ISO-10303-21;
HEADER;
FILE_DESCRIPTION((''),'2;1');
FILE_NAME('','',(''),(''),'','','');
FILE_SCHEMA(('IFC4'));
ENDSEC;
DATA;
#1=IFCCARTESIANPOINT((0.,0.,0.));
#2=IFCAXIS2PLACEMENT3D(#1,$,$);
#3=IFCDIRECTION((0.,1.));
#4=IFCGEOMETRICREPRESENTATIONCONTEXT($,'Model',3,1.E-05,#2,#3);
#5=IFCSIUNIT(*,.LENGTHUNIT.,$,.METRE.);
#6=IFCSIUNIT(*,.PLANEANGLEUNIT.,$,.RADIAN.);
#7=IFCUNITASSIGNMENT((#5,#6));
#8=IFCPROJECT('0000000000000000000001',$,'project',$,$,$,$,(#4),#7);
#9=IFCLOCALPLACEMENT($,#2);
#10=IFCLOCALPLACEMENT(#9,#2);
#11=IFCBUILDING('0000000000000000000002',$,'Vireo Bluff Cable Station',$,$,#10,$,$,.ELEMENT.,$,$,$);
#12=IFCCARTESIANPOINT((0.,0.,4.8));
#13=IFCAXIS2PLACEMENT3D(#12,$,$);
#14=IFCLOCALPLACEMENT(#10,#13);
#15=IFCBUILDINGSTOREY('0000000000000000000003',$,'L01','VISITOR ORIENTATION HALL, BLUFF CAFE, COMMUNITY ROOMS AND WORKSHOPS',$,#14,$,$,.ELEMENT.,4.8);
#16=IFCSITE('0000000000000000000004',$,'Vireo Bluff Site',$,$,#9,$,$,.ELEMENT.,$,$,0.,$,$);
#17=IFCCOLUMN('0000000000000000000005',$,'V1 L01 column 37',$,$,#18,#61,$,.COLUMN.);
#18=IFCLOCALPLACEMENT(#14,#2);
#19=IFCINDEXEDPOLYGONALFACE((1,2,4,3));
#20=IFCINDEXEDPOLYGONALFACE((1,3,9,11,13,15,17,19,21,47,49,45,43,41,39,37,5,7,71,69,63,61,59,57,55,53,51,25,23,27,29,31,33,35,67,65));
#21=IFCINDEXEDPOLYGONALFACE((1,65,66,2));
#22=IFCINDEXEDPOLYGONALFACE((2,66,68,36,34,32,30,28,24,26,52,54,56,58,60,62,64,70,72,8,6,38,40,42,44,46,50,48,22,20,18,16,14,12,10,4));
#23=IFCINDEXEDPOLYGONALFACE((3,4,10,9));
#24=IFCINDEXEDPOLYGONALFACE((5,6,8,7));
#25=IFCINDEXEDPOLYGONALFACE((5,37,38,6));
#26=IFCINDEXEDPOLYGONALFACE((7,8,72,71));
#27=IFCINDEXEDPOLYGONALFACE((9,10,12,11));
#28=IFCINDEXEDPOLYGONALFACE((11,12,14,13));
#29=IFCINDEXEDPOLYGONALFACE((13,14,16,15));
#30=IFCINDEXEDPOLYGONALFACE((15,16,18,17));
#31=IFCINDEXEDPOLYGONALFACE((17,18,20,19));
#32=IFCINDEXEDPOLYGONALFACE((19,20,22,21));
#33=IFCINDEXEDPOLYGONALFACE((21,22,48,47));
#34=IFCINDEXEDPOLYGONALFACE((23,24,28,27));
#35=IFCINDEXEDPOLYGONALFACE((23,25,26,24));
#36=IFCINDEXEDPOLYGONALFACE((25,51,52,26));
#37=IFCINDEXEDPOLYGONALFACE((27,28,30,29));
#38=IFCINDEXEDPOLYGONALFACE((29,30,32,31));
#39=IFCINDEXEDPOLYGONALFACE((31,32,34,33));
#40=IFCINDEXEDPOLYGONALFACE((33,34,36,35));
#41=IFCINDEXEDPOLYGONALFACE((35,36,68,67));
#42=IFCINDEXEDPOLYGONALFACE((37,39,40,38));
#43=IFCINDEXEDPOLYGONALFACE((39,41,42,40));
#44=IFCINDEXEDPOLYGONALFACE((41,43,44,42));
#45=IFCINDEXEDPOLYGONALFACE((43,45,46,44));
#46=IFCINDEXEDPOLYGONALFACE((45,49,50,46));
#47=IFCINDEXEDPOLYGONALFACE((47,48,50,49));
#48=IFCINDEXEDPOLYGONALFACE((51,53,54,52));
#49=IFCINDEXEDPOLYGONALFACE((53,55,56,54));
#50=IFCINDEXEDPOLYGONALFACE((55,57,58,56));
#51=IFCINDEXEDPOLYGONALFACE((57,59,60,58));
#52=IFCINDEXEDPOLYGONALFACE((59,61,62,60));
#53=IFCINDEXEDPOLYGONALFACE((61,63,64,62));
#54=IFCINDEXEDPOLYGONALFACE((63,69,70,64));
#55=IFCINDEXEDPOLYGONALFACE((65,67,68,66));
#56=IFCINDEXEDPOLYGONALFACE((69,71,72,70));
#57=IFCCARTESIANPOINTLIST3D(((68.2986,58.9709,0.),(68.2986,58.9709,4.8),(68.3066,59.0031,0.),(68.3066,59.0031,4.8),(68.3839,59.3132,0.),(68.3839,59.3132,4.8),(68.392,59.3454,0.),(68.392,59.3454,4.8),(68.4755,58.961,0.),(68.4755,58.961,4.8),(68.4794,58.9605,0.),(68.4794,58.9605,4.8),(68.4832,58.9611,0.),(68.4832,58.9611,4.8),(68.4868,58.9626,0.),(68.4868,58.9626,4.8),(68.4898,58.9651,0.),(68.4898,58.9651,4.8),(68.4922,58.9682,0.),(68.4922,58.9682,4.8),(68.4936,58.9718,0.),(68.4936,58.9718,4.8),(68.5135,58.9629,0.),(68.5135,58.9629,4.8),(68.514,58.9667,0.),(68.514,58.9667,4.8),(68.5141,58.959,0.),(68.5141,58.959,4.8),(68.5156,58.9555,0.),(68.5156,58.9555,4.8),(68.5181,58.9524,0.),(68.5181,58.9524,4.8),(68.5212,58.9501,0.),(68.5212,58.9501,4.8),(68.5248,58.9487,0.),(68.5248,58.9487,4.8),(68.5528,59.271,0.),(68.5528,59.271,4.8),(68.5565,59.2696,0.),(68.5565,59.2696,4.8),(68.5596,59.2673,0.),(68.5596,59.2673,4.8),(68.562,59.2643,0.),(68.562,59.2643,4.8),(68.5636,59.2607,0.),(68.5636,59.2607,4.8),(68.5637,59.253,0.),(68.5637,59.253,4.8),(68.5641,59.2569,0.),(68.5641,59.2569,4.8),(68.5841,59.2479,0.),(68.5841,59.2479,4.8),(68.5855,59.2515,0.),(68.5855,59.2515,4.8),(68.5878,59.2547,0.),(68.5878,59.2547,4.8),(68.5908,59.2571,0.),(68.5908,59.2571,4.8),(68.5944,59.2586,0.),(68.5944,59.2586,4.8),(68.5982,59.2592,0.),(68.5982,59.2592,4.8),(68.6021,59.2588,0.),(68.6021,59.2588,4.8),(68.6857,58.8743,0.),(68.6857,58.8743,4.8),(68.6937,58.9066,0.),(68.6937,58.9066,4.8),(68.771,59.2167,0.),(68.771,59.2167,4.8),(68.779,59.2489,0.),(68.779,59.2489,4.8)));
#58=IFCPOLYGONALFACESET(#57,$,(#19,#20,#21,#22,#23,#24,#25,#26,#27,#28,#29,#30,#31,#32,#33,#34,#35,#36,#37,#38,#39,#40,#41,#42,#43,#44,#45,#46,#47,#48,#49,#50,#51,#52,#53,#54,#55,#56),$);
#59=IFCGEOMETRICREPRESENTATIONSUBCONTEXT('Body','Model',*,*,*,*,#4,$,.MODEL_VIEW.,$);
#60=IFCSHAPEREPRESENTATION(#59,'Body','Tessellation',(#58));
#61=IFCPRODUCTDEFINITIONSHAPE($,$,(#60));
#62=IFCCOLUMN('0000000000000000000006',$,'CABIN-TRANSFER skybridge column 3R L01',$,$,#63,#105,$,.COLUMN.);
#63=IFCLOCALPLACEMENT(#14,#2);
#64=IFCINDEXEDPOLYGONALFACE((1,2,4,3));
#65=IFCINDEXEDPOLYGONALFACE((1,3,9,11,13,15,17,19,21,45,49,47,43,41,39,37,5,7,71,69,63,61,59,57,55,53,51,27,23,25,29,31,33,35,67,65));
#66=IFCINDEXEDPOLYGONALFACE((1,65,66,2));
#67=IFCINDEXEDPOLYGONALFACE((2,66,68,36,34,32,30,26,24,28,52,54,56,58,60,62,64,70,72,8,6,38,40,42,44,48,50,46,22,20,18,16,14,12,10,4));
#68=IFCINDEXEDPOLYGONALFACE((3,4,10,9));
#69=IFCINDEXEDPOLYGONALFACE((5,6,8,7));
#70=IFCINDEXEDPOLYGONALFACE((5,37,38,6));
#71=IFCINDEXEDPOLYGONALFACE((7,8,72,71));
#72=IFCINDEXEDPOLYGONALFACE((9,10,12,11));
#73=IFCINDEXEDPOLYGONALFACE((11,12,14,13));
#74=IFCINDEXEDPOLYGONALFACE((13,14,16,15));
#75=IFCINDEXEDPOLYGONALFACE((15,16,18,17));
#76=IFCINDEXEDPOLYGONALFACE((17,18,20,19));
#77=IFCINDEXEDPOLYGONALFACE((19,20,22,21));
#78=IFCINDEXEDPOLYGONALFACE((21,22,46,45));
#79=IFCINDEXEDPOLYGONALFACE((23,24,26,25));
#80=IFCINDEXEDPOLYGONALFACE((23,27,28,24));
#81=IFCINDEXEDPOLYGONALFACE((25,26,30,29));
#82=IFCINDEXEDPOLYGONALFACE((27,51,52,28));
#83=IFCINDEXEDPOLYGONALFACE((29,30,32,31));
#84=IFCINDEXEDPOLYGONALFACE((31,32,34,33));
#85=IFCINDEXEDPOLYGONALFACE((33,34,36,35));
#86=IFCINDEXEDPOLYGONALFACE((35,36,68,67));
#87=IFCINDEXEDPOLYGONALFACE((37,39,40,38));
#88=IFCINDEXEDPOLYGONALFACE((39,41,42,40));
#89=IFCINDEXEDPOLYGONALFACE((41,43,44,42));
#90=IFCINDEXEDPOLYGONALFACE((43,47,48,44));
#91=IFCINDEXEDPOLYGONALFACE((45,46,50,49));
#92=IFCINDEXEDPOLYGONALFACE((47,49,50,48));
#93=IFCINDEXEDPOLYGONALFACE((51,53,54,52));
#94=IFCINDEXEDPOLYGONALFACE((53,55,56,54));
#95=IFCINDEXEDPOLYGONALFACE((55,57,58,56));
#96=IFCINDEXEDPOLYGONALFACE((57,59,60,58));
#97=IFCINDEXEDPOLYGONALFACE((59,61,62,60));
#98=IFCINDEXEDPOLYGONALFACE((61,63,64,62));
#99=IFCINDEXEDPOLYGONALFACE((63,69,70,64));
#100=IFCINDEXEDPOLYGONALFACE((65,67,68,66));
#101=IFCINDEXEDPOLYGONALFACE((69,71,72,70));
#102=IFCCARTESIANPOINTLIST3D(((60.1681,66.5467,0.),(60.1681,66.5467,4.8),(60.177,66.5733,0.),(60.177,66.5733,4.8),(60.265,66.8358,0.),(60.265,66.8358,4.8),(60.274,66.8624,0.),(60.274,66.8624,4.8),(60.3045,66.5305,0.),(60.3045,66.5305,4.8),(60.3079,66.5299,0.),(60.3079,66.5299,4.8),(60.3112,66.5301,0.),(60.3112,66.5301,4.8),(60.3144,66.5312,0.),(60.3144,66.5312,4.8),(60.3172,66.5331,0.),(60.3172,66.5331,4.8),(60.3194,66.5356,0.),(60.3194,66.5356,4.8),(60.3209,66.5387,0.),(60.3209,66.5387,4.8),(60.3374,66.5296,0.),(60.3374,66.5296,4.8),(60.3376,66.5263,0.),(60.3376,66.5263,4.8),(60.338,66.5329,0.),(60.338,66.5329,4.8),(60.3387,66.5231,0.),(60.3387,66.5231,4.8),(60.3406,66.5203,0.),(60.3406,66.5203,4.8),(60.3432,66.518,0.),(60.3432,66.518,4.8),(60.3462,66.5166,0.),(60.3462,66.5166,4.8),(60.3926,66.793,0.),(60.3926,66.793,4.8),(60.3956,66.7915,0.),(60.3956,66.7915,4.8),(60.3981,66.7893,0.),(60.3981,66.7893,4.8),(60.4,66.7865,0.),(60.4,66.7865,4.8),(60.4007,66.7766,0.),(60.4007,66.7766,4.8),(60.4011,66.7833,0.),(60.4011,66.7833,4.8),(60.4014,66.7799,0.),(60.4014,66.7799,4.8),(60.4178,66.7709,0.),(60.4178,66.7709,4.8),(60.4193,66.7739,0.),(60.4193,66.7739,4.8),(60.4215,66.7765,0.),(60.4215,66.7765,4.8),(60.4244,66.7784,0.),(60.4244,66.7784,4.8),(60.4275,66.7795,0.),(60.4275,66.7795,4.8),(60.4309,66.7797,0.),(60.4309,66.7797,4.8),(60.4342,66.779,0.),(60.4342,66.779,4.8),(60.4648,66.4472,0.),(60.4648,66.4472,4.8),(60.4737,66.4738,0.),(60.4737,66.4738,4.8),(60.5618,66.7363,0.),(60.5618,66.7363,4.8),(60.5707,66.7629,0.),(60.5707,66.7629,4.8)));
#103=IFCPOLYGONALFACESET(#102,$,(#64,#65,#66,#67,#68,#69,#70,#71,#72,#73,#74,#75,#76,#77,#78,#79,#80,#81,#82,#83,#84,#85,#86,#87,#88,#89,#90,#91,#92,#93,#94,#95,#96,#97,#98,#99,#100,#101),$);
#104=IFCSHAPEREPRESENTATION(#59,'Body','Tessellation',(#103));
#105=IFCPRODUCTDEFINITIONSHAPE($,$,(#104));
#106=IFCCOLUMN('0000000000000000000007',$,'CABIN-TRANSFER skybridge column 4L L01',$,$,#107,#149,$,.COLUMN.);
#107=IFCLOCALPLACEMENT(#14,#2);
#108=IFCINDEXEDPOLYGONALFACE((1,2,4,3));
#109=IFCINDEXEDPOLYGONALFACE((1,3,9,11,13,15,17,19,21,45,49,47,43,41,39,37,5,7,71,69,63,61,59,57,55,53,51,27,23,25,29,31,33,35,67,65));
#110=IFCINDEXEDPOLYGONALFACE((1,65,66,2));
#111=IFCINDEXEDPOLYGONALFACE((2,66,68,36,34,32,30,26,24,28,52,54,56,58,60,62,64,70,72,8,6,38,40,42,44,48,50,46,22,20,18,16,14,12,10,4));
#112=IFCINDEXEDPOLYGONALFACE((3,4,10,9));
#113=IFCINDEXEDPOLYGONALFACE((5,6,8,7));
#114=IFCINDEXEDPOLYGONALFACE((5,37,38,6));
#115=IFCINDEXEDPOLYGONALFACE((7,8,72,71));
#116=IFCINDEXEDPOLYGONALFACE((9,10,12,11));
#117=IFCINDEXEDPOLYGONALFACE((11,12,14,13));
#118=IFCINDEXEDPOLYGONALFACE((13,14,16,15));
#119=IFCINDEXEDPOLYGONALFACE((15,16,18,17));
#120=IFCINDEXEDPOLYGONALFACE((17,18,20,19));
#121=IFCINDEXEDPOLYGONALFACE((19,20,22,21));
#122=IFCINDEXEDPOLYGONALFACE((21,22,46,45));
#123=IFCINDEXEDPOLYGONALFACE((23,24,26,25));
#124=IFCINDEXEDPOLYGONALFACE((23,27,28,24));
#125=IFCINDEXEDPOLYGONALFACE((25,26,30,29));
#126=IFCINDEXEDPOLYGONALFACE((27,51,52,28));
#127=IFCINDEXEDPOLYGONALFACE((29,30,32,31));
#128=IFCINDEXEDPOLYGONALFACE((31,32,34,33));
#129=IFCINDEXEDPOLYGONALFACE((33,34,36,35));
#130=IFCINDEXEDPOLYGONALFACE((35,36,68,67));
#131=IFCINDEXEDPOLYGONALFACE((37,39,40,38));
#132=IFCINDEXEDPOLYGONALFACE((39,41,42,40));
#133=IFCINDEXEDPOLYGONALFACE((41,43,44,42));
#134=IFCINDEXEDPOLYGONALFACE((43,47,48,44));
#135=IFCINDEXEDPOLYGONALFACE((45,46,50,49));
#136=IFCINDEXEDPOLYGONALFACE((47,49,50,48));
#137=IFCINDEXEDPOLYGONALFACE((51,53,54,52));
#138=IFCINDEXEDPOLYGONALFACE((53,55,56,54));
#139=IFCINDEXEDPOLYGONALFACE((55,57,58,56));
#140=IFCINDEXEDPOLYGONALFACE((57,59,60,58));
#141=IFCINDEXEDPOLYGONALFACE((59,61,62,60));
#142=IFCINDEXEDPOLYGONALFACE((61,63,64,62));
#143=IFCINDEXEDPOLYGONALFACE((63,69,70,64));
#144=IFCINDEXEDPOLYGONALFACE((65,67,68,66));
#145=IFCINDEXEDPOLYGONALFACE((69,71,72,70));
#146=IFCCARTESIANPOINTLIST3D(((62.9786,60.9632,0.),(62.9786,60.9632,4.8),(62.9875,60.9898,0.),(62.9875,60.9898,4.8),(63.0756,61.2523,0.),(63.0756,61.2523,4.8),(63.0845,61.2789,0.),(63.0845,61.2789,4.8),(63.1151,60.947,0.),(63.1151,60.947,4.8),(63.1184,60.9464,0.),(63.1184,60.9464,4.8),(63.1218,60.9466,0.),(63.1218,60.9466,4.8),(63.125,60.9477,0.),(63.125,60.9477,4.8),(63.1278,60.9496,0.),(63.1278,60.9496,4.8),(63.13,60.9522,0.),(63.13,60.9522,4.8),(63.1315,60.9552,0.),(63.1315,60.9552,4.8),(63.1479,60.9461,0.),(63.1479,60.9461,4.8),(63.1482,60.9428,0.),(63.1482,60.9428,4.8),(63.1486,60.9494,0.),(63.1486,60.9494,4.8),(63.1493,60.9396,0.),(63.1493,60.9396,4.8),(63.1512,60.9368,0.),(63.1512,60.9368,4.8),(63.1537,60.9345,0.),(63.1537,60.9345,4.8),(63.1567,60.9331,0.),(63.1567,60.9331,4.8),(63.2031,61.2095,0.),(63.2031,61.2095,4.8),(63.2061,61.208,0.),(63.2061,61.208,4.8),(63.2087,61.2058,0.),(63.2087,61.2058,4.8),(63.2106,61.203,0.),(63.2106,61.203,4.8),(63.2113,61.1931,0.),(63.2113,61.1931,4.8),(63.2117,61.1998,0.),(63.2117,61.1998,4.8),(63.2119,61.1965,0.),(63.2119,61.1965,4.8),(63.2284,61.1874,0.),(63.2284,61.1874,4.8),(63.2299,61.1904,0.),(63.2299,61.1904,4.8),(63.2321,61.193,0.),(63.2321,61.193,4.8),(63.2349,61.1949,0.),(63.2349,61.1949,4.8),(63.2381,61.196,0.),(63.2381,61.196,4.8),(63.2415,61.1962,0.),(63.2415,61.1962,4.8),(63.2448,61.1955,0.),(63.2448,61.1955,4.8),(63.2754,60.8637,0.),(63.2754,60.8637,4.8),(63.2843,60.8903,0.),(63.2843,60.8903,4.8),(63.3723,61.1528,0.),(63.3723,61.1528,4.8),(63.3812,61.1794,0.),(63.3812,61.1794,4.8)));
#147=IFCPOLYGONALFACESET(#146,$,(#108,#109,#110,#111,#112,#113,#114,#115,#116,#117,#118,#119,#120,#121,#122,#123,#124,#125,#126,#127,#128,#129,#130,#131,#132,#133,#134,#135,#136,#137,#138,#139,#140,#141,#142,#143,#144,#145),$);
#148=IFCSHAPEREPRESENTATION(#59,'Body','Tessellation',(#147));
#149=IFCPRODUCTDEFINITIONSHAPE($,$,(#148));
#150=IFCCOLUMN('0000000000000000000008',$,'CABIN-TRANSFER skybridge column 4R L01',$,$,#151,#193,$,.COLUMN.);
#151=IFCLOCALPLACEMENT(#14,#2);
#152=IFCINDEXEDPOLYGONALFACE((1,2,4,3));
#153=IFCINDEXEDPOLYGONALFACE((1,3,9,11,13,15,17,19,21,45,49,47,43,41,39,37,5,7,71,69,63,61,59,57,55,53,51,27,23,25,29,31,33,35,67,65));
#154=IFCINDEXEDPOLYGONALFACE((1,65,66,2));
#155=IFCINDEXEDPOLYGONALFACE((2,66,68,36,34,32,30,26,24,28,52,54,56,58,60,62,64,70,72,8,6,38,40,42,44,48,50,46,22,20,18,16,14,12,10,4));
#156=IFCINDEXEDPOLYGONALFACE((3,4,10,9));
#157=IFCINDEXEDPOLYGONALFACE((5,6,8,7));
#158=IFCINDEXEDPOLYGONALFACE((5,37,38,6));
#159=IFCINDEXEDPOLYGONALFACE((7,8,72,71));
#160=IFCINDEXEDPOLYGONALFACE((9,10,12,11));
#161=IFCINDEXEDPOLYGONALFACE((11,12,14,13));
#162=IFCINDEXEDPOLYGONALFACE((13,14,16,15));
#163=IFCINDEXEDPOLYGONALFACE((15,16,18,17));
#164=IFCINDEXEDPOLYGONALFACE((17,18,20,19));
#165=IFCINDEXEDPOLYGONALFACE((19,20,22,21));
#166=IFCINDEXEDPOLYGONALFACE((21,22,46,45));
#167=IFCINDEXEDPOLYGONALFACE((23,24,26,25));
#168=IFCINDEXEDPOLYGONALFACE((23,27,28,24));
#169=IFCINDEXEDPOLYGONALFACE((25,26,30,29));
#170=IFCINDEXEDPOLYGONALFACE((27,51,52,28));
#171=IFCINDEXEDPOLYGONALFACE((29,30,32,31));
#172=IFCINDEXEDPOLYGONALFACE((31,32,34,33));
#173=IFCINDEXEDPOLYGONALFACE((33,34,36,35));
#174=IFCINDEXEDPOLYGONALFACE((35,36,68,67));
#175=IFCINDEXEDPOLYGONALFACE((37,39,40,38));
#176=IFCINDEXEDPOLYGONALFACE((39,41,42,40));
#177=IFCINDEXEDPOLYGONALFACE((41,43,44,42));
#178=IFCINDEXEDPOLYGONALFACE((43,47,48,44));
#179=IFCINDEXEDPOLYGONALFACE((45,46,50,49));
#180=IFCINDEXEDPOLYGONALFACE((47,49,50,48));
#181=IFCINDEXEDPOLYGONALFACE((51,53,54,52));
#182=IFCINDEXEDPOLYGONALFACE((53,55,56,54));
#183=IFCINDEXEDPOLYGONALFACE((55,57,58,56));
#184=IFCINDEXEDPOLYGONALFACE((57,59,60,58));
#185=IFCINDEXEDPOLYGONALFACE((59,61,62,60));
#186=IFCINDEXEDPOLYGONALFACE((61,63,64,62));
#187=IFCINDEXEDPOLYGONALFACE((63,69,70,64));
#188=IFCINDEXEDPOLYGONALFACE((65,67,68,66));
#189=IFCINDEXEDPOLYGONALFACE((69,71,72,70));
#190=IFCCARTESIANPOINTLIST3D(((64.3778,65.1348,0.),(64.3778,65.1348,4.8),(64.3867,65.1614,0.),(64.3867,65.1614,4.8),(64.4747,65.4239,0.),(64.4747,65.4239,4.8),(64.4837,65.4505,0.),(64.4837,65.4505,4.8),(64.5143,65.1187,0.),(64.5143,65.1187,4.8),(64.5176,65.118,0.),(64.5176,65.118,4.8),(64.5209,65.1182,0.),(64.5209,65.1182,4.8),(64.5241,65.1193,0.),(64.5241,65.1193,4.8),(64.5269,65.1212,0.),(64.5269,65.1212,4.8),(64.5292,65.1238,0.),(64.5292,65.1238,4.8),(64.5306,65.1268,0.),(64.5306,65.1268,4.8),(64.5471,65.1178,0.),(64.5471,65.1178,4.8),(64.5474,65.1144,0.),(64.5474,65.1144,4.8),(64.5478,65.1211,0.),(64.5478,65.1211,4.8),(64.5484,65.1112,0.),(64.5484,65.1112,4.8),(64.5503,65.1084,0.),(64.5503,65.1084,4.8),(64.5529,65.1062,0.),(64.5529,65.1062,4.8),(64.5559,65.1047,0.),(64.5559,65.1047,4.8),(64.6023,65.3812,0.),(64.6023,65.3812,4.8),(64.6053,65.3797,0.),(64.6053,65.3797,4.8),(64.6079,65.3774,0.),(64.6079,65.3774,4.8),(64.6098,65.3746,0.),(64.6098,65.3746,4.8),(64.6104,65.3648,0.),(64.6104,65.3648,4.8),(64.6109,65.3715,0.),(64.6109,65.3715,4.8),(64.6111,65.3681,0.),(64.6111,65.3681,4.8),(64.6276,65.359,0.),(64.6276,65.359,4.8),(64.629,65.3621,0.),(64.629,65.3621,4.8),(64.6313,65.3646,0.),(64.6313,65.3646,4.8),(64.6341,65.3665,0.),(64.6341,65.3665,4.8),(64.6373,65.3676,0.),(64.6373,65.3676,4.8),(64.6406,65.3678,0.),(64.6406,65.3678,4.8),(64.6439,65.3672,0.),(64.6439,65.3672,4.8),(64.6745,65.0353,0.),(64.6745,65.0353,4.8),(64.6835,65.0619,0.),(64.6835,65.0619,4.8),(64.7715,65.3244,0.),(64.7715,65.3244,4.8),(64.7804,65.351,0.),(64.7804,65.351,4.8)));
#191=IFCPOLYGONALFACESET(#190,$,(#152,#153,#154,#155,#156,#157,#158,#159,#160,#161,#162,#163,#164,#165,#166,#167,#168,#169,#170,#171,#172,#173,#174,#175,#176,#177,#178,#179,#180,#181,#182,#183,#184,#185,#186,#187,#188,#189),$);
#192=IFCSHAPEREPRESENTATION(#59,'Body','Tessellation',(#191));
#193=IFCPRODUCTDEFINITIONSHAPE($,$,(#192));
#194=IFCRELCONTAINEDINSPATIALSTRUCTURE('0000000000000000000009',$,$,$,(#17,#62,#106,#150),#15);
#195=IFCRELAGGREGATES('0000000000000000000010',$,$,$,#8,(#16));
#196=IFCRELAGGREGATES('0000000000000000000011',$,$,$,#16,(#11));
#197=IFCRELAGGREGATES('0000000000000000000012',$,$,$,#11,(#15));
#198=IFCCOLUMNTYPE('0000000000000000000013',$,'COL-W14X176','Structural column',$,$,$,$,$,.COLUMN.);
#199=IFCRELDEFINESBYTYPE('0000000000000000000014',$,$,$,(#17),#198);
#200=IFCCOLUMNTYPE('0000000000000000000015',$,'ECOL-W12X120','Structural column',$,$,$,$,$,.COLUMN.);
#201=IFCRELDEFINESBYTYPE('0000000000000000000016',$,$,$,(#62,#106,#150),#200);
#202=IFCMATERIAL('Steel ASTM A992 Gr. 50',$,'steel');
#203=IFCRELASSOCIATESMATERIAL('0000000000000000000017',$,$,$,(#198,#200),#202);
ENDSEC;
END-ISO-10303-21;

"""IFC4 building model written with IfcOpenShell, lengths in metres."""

from ifc_helpers import new_model, si_unit, direction, frame, origin, origin_2d, place, context, subcontext, project, spatial, i_section, extrude, material, material_profile, profile_set, type_object, element, save


model = new_model("IFC4")

# Units and contexts
model_context = context("Model", 3, precision=1e-05, world=origin(), true_north=direction((0.0, 1.0)))
body_context = subcontext(model_context, "Body", "Model", "MODEL_VIEW")
ifc_project = project(units=[si_unit("LENGTHUNIT", "METRE"), si_unit("PLANEANGLEUNIT", "RADIAN")], contexts=[model_context])

# Site, building, storey
site_placement = place(None, origin())
site = spatial("IfcSite", under=ifc_project, at=site_placement, Name="Vireo Bluff Site", CompositionType="ELEMENT", RefElevation=0.0)
building_placement = place(site_placement, origin())
building = spatial("IfcBuilding", under=site, at=building_placement, Name="Vireo Bluff Cable Station", CompositionType="ELEMENT")
storey_placement = place(building_placement, frame((0.0, 0.0, 4.8)))
storey = spatial("IfcBuildingStorey", under=building, at=storey_placement, Name="L01", Description="VISITOR ORIENTATION HALL, BLUFF CAFE, COMMUNITY ROOMS AND WORKSHOPS", CompositionType="ELEMENT", Elevation=4.8)

# Columns
ifc_material_1 = material(Name="Steel ASTM A992 Gr. 50", Category="steel")
ifc_material_profile_1 = material_profile(ifc_material_1, i_section(OverallWidth=0.3989, OverallDepth=0.386, WebThickness=0.021, FlangeThickness=0.0332, FilletRadius=0.0149, at=origin_2d()), Name="W14X176")
ifc_profile_set_1 = profile_set([ifc_material_profile_1], Name="Steel ASTM A992 Gr. 50")
column_type_1 = type_object("IfcColumnType", Name="COL-W14X176", Description="Structural column", PredefinedType="COLUMN", material=ifc_profile_set_1)
column_1_placement = place(storey_placement, frame((68.5388, 59.1099, 0.0), z_axis=(0.0, 0.0, 1.0), x_axis=(0.970296, -0.241922, 0.0)))
element("IfcColumn", 1, at=column_1_placement, inside=storey, type_object=column_type_1, Name="V1 L01 column 37", PredefinedType="COLUMN", context=body_context, shape_type="SweptSolid", body=[
    extrude(i_section(OverallWidth=0.3989, OverallDepth=0.386, WebThickness=0.021, FlangeThickness=0.0332, FilletRadius=0.0149, at=origin_2d()), origin(), (0.0, 0.0, 1.0), 4.8),
])
ifc_material_profile_2 = material_profile(ifc_material_1, i_section(OverallWidth=0.313, OverallDepth=0.333, WebThickness=0.0181, FlangeThickness=0.0281, FilletRadius=0.0129, at=origin_2d()), Name="W12X120")
ifc_profile_set_2 = profile_set([ifc_material_profile_2], Name="Steel ASTM A992 Gr. 50")
column_type_2 = type_object("IfcColumnType", Name="ECOL-W12X120", Description="Structural column", PredefinedType="COLUMN", material=ifc_profile_set_2)
for number, where, z_axis, x_axis, name in (
    (2, (60.3694, 66.6548, 0.0), (0.0, 0.0, 1.0), (0.948105, -0.317958, 0.0), "CABIN-TRANSFER skybridge column 3R L01"),
    (3, (63.1799, 61.0713, 0.0), (0.0, 0.0, 1.0), (0.948105, -0.317958, 0.0), "CABIN-TRANSFER skybridge column 4L L01"),
    (4, (64.5791, 65.2429, 0.0), (0.0, 0.0, 1.0), (0.948105, -0.317958, 0.0), "CABIN-TRANSFER skybridge column 4R L01"),
):
    element("IfcColumn", number, at=place(storey_placement, frame(where, z_axis=z_axis, x_axis=x_axis)), inside=storey, type_object=column_type_2, Name=name, PredefinedType="COLUMN", context=body_context, shape_type="SweptSolid", body=[
        extrude(i_section(OverallWidth=0.313, OverallDepth=0.333, WebThickness=0.0181, FlangeThickness=0.0281, FilletRadius=0.0129, at=origin_2d()), origin(), (0.0, 0.0, 1.0), 4.8),
    ])

save(model, "model.ifc")
